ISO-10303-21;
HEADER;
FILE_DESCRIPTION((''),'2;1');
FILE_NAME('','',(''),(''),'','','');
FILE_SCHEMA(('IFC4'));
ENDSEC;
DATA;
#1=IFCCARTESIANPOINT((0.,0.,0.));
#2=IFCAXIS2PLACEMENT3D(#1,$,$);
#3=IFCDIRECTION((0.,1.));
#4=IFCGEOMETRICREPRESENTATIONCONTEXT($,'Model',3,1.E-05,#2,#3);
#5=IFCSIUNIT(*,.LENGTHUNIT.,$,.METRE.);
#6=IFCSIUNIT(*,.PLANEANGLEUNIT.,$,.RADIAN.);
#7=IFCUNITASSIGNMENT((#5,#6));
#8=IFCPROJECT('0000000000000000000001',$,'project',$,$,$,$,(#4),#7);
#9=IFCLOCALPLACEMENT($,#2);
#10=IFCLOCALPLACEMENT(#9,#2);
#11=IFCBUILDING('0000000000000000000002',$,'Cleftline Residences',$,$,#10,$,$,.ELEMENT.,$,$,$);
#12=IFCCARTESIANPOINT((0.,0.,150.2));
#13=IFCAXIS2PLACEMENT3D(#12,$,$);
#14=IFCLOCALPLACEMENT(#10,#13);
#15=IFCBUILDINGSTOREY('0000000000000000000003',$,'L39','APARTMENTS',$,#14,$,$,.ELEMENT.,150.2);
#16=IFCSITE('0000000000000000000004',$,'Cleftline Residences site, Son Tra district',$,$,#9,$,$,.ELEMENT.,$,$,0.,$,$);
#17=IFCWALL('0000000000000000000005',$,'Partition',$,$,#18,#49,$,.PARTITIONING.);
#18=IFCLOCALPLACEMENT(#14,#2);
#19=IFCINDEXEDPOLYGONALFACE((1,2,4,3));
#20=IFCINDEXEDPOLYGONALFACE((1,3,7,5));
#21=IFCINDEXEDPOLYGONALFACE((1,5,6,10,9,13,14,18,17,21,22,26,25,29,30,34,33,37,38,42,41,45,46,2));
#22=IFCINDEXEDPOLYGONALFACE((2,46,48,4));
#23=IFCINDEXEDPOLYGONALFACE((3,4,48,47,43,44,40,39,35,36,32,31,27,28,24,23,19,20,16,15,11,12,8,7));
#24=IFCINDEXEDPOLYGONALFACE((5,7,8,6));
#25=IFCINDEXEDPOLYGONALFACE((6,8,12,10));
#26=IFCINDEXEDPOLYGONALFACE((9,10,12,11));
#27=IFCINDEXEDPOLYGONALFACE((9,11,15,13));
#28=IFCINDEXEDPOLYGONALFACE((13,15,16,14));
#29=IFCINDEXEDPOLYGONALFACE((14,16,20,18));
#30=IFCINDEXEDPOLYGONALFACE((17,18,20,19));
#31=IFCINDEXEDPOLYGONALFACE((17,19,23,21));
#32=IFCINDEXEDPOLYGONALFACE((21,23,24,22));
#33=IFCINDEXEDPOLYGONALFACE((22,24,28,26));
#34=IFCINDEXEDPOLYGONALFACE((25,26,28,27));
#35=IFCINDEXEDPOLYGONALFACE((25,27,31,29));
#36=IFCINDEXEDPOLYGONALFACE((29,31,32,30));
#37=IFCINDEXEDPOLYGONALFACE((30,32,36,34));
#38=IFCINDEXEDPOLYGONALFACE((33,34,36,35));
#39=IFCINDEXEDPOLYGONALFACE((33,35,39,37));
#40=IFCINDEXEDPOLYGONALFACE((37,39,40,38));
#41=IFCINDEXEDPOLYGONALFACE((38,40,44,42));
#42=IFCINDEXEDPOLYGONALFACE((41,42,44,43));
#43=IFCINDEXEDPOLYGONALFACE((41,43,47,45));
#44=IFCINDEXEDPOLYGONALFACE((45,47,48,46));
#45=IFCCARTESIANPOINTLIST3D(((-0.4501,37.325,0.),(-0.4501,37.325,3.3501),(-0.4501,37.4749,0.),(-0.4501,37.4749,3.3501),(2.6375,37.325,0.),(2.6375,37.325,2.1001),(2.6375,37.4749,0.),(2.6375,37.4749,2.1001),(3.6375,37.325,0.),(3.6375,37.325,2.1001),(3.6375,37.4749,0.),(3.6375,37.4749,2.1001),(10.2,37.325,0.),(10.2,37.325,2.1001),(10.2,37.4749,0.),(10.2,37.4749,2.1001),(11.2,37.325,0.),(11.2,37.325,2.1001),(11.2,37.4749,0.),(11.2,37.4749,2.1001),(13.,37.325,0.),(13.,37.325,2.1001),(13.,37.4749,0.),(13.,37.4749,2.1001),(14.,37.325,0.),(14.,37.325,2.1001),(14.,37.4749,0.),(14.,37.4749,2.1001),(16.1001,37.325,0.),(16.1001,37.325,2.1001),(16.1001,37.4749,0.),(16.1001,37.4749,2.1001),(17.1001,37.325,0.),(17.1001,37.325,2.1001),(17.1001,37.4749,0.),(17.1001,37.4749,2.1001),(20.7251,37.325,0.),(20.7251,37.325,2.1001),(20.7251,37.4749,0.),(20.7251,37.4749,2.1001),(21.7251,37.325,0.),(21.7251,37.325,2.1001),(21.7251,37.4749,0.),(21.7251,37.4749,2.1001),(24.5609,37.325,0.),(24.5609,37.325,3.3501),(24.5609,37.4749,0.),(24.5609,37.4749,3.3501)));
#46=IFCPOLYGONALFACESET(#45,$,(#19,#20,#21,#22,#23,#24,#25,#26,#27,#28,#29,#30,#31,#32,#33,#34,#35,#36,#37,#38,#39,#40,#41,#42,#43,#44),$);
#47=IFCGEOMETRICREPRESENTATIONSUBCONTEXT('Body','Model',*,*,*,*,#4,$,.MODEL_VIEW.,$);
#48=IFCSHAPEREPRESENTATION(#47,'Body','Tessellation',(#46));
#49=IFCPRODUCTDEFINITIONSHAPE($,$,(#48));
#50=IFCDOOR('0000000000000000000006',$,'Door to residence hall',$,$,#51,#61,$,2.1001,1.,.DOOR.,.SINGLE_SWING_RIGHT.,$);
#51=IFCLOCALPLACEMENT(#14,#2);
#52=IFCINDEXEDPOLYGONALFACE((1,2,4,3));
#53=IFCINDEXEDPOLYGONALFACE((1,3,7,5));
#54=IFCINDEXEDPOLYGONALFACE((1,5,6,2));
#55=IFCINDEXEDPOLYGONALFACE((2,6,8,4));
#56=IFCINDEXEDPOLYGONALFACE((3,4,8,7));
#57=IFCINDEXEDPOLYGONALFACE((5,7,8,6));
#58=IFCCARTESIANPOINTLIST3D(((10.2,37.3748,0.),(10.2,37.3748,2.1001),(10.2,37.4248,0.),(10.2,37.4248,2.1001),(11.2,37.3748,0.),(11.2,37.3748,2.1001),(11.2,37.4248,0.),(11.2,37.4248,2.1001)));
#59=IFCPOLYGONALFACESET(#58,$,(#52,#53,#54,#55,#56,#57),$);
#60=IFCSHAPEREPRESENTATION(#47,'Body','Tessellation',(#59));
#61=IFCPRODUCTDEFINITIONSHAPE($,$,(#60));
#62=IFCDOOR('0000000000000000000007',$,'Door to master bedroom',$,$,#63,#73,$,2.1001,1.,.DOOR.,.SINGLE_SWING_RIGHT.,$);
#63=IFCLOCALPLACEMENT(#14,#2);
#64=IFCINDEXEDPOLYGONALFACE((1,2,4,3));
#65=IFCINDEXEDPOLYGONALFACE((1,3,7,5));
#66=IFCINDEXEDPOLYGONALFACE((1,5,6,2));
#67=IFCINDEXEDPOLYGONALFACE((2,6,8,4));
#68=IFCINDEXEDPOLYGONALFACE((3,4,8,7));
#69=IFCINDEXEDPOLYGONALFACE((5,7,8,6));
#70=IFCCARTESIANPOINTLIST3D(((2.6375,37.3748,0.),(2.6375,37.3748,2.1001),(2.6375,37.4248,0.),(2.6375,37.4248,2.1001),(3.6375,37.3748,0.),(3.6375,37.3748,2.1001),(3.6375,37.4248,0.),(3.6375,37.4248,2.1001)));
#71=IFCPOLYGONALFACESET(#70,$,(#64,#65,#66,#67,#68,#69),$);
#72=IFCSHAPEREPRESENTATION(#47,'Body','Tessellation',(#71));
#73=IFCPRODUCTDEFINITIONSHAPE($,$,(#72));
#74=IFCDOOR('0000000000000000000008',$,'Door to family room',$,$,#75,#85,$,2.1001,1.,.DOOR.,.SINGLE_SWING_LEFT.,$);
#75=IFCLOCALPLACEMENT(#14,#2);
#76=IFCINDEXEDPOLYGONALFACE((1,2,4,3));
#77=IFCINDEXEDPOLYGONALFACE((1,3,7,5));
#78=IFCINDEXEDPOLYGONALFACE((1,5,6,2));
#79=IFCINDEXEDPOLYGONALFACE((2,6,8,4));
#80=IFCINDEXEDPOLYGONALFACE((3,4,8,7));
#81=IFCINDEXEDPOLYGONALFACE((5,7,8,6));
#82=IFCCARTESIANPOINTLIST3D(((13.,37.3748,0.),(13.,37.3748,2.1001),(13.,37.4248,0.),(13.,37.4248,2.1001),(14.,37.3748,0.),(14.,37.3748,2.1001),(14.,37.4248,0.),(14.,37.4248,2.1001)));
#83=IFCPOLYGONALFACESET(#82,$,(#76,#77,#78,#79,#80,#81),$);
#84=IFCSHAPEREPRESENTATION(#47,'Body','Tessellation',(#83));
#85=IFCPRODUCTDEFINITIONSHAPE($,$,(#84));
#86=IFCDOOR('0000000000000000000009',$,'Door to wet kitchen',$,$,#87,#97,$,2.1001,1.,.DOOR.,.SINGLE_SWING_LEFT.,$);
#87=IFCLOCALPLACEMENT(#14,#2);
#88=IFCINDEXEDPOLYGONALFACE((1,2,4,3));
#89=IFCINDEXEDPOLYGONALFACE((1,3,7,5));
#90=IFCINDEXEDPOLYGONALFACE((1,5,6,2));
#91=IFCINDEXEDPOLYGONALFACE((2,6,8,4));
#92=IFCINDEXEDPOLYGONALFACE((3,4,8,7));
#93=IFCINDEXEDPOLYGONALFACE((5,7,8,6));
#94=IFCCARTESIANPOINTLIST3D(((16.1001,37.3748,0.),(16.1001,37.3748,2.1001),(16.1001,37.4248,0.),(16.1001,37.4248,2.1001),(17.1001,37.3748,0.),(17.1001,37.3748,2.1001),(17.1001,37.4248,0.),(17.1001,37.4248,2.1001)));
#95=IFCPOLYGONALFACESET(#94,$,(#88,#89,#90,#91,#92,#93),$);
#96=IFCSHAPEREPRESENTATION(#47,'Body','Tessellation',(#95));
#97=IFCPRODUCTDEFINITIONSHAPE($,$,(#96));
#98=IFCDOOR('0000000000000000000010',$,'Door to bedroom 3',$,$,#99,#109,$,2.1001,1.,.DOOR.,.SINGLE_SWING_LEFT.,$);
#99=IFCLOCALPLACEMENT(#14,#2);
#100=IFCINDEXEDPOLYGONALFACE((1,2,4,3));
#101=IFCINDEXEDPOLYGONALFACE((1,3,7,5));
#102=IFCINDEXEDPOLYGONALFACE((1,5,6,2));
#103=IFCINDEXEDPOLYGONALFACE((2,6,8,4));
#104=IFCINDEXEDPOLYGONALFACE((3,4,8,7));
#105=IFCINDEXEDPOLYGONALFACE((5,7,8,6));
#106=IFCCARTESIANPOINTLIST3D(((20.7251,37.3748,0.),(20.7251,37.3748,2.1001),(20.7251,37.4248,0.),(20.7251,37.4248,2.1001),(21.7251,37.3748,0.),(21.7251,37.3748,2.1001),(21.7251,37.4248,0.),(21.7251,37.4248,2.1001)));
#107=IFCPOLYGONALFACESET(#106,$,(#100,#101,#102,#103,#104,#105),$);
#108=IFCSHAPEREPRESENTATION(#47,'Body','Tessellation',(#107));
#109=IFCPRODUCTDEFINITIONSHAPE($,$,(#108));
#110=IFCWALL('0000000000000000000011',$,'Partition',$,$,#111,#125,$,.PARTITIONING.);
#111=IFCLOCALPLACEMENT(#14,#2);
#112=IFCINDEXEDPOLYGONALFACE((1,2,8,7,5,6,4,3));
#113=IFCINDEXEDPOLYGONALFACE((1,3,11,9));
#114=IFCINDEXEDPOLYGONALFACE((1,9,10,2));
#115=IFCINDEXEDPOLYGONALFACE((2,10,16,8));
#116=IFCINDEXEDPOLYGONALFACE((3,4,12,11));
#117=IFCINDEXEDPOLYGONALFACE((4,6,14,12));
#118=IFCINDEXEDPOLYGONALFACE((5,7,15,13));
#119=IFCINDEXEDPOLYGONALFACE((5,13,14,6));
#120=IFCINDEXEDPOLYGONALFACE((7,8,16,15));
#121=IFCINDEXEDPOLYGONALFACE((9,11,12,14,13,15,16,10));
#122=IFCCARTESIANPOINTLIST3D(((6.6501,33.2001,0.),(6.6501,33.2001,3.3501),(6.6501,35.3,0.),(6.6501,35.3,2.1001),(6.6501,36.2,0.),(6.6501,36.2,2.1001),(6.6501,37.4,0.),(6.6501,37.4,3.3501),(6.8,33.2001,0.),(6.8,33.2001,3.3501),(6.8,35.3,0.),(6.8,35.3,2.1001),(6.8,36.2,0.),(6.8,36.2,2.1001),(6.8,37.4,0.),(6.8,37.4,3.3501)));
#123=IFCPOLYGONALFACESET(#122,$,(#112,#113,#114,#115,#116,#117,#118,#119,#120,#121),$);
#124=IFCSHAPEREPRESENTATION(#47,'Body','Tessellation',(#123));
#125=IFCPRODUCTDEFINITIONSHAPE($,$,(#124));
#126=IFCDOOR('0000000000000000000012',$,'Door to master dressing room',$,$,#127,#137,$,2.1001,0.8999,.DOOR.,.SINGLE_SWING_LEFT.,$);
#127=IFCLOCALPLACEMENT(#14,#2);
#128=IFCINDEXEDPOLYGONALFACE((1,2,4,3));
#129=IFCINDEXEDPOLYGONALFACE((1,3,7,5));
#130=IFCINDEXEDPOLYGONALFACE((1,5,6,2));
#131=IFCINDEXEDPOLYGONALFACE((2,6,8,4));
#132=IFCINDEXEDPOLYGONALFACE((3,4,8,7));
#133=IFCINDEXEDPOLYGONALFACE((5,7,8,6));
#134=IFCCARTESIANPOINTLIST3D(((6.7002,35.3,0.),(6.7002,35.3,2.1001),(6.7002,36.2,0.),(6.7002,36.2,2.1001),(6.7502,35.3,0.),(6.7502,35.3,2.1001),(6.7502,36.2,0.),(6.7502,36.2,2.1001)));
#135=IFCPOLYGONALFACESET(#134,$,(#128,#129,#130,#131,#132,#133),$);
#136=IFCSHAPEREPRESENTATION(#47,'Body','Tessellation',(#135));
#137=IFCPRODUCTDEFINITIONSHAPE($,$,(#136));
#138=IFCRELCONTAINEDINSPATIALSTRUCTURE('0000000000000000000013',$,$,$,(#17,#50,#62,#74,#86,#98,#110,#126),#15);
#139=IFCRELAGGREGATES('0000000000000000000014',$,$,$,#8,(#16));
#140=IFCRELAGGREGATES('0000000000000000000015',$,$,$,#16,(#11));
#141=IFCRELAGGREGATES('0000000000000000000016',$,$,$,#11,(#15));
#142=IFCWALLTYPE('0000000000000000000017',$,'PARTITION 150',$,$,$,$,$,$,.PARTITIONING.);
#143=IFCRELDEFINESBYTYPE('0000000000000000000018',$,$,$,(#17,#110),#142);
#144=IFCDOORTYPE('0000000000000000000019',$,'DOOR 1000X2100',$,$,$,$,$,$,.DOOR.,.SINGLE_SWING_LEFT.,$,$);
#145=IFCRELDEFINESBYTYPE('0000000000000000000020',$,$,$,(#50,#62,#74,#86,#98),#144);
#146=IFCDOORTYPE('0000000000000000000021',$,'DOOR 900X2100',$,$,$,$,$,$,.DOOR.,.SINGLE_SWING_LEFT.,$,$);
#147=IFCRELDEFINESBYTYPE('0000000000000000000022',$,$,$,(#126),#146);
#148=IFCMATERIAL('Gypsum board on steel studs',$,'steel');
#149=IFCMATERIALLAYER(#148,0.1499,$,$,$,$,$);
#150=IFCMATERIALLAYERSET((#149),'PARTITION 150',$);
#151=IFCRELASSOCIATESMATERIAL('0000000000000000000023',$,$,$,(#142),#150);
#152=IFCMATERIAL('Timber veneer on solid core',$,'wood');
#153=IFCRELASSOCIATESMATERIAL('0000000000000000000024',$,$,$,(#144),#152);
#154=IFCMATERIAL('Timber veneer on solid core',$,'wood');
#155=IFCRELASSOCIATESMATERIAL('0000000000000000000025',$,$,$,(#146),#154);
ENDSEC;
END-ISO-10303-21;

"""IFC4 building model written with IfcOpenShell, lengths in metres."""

from ifc_helpers import new_model, si_unit, direction, frame, frame_2d, origin, place, context, subcontext, project, spatial, rectangle, extrude, material, layer, layer_set, type_object, element, fill, save


model = new_model("IFC4")

# Units and contexts
model_context = context("Model", 3, precision=1e-05, world=origin(), true_north=direction((0.0, 1.0)))
body_context = subcontext(model_context, "Body", "Model", "MODEL_VIEW")
ifc_project = project(units=[si_unit("LENGTHUNIT", "METRE"), si_unit("PLANEANGLEUNIT", "RADIAN")], contexts=[model_context])

# Site, building, storey
site_placement = place(None, origin())
site = spatial("IfcSite", under=ifc_project, at=site_placement, Name="Cleftline Residences site, Son Tra district", CompositionType="ELEMENT", RefElevation=0.0)
building_placement = place(site_placement, origin())
building = spatial("IfcBuilding", under=site, at=building_placement, Name="Cleftline Residences", CompositionType="ELEMENT")
storey_placement = place(building_placement, frame((0.0, 0.0, 150.2)))
storey = spatial("IfcBuildingStorey", under=building, at=storey_placement, Name="L39", Description="APARTMENTS", CompositionType="ELEMENT", Elevation=150.2)

# Shared definitions
ifc_material_1 = material(Name="Gypsum board on steel studs", Category="steel")
ifc_layer = layer(ifc_material_1, 0.1499)
ifc_layer_set = layer_set([ifc_layer], Name="PARTITION 150")
wall_type = type_object("IfcWallType", Name="PARTITION 150", PredefinedType="PARTITIONING", material=ifc_layer_set)

# Wall, openings, doors
wall_1_placement = place(storey_placement, frame((-0.45, 37.3999, 0.0), z_axis=(0.0, 0.0, 1.0), x_axis=(1.0, 0.0, 0.0)))
wall_1 = element("IfcWall", 1, at=wall_1_placement, inside=storey, type_object=wall_type, Name="Partition", PredefinedType="PARTITIONING", context=body_context, shape_type="SweptSolid", body=[
    extrude(rectangle(XDim=25.011, YDim=0.1499, at=frame_2d((12.5054, 0.0))), origin(), (0.0, 0.0, 1.0), 3.3501),
])
opening_1_placement = place(wall_1_placement, frame((10.6499, 0.0, 0.0)))
opening_1 = element("IfcOpeningElement", 2, at=opening_1_placement, cuts=wall_1, PredefinedType="OPENING", context=body_context, shape_type="SweptSolid", body=[
    extrude(rectangle(XDim=1.0, YDim=2.1001, at=frame_2d((0.5, 1.05))), frame((0.0, 0.085, 0.0), z_axis=(0.0, -1.0, 0.0), x_axis=(1.0, 0.0, 0.0)), (0.0, 0.0, 1.0), 0.1699),
])
opening_2_placement = place(wall_1_placement, frame((3.0874, 0.0, 0.0)))
opening_2 = element("IfcOpeningElement", 3, at=opening_2_placement, cuts=wall_1, PredefinedType="OPENING", context=body_context, shape_type="SweptSolid", body=[
    extrude(rectangle(XDim=1.0, YDim=2.1001, at=frame_2d((0.5, 1.05))), frame((0.0, 0.085, 0.0), z_axis=(0.0, -1.0, 0.0), x_axis=(1.0, 0.0, 0.0)), (0.0, 0.0, 1.0), 0.1699),
])
opening_3_placement = place(wall_1_placement, frame((13.45, 0.0, 0.0)))
opening_3 = element("IfcOpeningElement", 4, at=opening_3_placement, cuts=wall_1, PredefinedType="OPENING", context=body_context, shape_type="SweptSolid", body=[
    extrude(rectangle(XDim=1.0, YDim=2.1001, at=frame_2d((0.5, 1.05))), frame((0.0, 0.085, 0.0), z_axis=(0.0, -1.0, 0.0), x_axis=(1.0, 0.0, 0.0)), (0.0, 0.0, 1.0), 0.1699),
])
opening_4_placement = place(wall_1_placement, frame((16.55, 0.0, 0.0)))
opening_4 = element("IfcOpeningElement", 5, at=opening_4_placement, cuts=wall_1, PredefinedType="OPENING", context=body_context, shape_type="SweptSolid", body=[
    extrude(rectangle(XDim=1.0, YDim=2.1001, at=frame_2d((0.5, 1.05))), frame((0.0, 0.085, 0.0), z_axis=(0.0, -1.0, 0.0), x_axis=(1.0, 0.0, 0.0)), (0.0, 0.0, 1.0), 0.1699),
])
opening_5_placement = place(wall_1_placement, frame((21.175, 0.0, 0.0)))
opening_5 = element("IfcOpeningElement", 6, at=opening_5_placement, cuts=wall_1, PredefinedType="OPENING", context=body_context, shape_type="SweptSolid", body=[
    extrude(rectangle(XDim=1.0, YDim=2.1001, at=frame_2d((0.5, 1.05))), frame((0.0, 0.085, 0.0), z_axis=(0.0, -1.0, 0.0), x_axis=(1.0, 0.0, 0.0)), (0.0, 0.0, 1.0), 0.1699),
])
ifc_material_2 = material(Name="Timber veneer on solid core", Category="wood")
door_type_1 = type_object("IfcDoorType", Name="DOOR 1000X2100", OperationType="SINGLE_SWING_LEFT", PredefinedType="DOOR", material=ifc_material_2)
door_1_placement = place(opening_1_placement, origin())
door_1 = element("IfcDoor", 7, at=door_1_placement, inside=storey, type_object=door_type_1, Name="Door to residence hall", OperationType="SINGLE_SWING_RIGHT", OverallHeight=2.1001, OverallWidth=1.0, PredefinedType="DOOR", context=body_context, shape_type="SweptSolid", body=[
    extrude(rectangle(XDim=1.0, YDim=2.1001, at=frame_2d((0.5, 1.05))), frame((0.0, 0.0249, 0.0), z_axis=(0.0, -1.0, 0.0), x_axis=(1.0, 0.0, 0.0)), (0.0, 0.0, 1.0), 0.05),
])
fill(opening_1, door_1)
door_2_placement = place(opening_2_placement, origin())
door_2 = element("IfcDoor", 8, at=door_2_placement, inside=storey, type_object=door_type_1, Name="Door to master bedroom", OperationType="SINGLE_SWING_RIGHT", OverallHeight=2.1001, OverallWidth=1.0, PredefinedType="DOOR", context=body_context, shape_type="SweptSolid", body=[
    extrude(rectangle(XDim=1.0, YDim=2.1001, at=frame_2d((0.5, 1.05))), frame((0.0, 0.0249, 0.0), z_axis=(0.0, -1.0, 0.0), x_axis=(1.0, 0.0, 0.0)), (0.0, 0.0, 1.0), 0.05),
])
fill(opening_2, door_2)
door_3_placement = place(opening_3_placement, origin())
door_3 = element("IfcDoor", 9, at=door_3_placement, inside=storey, type_object=door_type_1, Name="Door to family room", OperationType="SINGLE_SWING_LEFT", OverallHeight=2.1001, OverallWidth=1.0, PredefinedType="DOOR", context=body_context, shape_type="SweptSolid", body=[
    extrude(rectangle(XDim=1.0, YDim=2.1001, at=frame_2d((0.5, 1.05))), frame((0.0, 0.0249, 0.0), z_axis=(0.0, -1.0, 0.0), x_axis=(1.0, 0.0, 0.0)), (0.0, 0.0, 1.0), 0.05),
])
fill(opening_3, door_3)
door_4_placement = place(opening_4_placement, origin())
door_4 = element("IfcDoor", 10, at=door_4_placement, inside=storey, type_object=door_type_1, Name="Door to wet kitchen", OperationType="SINGLE_SWING_LEFT", OverallHeight=2.1001, OverallWidth=1.0, PredefinedType="DOOR", context=body_context, shape_type="SweptSolid", body=[
    extrude(rectangle(XDim=1.0, YDim=2.1001, at=frame_2d((0.5, 1.05))), frame((0.0, 0.0249, 0.0), z_axis=(0.0, -1.0, 0.0), x_axis=(1.0, 0.0, 0.0)), (0.0, 0.0, 1.0), 0.05),
])
fill(opening_4, door_4)
door_5_placement = place(opening_5_placement, origin())
door_5 = element("IfcDoor", 11, at=door_5_placement, inside=storey, type_object=door_type_1, Name="Door to bedroom 3", OperationType="SINGLE_SWING_LEFT", OverallHeight=2.1001, OverallWidth=1.0, PredefinedType="DOOR", context=body_context, shape_type="SweptSolid", body=[
    extrude(rectangle(XDim=1.0, YDim=2.1001, at=frame_2d((0.5, 1.05))), frame((0.0, 0.0249, 0.0), z_axis=(0.0, -1.0, 0.0), x_axis=(1.0, 0.0, 0.0)), (0.0, 0.0, 1.0), 0.05),
])
fill(opening_5, door_5)

# Wall, opening, door
wall_2_placement = place(storey_placement, frame((6.7251, 33.2, 0.0), z_axis=(0.0, 0.0, 1.0), x_axis=(0.0, 1.0, 0.0)))
wall_2 = element("IfcWall", 12, at=wall_2_placement, inside=storey, type_object=wall_type, Name="Partition", PredefinedType="PARTITIONING", context=body_context, shape_type="SweptSolid", body=[
    extrude(rectangle(XDim=4.2, YDim=0.1499, at=frame_2d((2.1001, 0.0))), origin(), (0.0, 0.0, 1.0), 3.3501),
])
opening_6_placement = place(wall_2_placement, frame((2.1001, 0.0, 0.0)))
opening_6 = element("IfcOpeningElement", 13, at=opening_6_placement, cuts=wall_2, PredefinedType="OPENING", context=body_context, shape_type="SweptSolid", body=[
    extrude(rectangle(XDim=0.8999, YDim=2.1001, at=frame_2d((0.45, 1.05))), frame((0.0, 0.085, 0.0), z_axis=(0.0, -1.0, 0.0), x_axis=(1.0, 0.0, 0.0)), (0.0, 0.0, 1.0), 0.1699),
])
ifc_material_3 = material(Name="Timber veneer on solid core", Category="wood")
door_type_2 = type_object("IfcDoorType", Name="DOOR 900X2100", OperationType="SINGLE_SWING_LEFT", PredefinedType="DOOR", material=ifc_material_3)
door_6_placement = place(opening_6_placement, origin())
door_6 = element("IfcDoor", 14, at=door_6_placement, inside=storey, type_object=door_type_2, Name="Door to master dressing room", OperationType="SINGLE_SWING_LEFT", OverallHeight=2.1001, OverallWidth=0.8999, PredefinedType="DOOR", context=body_context, shape_type="SweptSolid", body=[
    extrude(rectangle(XDim=0.8999, YDim=2.1001, at=frame_2d((0.45, 1.05))), frame((0.0, 0.0249, 0.0), z_axis=(0.0, -1.0, 0.0), x_axis=(1.0, 0.0, 0.0)), (0.0, 0.0, 1.0), 0.05),
])
fill(opening_6, door_6)

save(model, "model.ifc")
